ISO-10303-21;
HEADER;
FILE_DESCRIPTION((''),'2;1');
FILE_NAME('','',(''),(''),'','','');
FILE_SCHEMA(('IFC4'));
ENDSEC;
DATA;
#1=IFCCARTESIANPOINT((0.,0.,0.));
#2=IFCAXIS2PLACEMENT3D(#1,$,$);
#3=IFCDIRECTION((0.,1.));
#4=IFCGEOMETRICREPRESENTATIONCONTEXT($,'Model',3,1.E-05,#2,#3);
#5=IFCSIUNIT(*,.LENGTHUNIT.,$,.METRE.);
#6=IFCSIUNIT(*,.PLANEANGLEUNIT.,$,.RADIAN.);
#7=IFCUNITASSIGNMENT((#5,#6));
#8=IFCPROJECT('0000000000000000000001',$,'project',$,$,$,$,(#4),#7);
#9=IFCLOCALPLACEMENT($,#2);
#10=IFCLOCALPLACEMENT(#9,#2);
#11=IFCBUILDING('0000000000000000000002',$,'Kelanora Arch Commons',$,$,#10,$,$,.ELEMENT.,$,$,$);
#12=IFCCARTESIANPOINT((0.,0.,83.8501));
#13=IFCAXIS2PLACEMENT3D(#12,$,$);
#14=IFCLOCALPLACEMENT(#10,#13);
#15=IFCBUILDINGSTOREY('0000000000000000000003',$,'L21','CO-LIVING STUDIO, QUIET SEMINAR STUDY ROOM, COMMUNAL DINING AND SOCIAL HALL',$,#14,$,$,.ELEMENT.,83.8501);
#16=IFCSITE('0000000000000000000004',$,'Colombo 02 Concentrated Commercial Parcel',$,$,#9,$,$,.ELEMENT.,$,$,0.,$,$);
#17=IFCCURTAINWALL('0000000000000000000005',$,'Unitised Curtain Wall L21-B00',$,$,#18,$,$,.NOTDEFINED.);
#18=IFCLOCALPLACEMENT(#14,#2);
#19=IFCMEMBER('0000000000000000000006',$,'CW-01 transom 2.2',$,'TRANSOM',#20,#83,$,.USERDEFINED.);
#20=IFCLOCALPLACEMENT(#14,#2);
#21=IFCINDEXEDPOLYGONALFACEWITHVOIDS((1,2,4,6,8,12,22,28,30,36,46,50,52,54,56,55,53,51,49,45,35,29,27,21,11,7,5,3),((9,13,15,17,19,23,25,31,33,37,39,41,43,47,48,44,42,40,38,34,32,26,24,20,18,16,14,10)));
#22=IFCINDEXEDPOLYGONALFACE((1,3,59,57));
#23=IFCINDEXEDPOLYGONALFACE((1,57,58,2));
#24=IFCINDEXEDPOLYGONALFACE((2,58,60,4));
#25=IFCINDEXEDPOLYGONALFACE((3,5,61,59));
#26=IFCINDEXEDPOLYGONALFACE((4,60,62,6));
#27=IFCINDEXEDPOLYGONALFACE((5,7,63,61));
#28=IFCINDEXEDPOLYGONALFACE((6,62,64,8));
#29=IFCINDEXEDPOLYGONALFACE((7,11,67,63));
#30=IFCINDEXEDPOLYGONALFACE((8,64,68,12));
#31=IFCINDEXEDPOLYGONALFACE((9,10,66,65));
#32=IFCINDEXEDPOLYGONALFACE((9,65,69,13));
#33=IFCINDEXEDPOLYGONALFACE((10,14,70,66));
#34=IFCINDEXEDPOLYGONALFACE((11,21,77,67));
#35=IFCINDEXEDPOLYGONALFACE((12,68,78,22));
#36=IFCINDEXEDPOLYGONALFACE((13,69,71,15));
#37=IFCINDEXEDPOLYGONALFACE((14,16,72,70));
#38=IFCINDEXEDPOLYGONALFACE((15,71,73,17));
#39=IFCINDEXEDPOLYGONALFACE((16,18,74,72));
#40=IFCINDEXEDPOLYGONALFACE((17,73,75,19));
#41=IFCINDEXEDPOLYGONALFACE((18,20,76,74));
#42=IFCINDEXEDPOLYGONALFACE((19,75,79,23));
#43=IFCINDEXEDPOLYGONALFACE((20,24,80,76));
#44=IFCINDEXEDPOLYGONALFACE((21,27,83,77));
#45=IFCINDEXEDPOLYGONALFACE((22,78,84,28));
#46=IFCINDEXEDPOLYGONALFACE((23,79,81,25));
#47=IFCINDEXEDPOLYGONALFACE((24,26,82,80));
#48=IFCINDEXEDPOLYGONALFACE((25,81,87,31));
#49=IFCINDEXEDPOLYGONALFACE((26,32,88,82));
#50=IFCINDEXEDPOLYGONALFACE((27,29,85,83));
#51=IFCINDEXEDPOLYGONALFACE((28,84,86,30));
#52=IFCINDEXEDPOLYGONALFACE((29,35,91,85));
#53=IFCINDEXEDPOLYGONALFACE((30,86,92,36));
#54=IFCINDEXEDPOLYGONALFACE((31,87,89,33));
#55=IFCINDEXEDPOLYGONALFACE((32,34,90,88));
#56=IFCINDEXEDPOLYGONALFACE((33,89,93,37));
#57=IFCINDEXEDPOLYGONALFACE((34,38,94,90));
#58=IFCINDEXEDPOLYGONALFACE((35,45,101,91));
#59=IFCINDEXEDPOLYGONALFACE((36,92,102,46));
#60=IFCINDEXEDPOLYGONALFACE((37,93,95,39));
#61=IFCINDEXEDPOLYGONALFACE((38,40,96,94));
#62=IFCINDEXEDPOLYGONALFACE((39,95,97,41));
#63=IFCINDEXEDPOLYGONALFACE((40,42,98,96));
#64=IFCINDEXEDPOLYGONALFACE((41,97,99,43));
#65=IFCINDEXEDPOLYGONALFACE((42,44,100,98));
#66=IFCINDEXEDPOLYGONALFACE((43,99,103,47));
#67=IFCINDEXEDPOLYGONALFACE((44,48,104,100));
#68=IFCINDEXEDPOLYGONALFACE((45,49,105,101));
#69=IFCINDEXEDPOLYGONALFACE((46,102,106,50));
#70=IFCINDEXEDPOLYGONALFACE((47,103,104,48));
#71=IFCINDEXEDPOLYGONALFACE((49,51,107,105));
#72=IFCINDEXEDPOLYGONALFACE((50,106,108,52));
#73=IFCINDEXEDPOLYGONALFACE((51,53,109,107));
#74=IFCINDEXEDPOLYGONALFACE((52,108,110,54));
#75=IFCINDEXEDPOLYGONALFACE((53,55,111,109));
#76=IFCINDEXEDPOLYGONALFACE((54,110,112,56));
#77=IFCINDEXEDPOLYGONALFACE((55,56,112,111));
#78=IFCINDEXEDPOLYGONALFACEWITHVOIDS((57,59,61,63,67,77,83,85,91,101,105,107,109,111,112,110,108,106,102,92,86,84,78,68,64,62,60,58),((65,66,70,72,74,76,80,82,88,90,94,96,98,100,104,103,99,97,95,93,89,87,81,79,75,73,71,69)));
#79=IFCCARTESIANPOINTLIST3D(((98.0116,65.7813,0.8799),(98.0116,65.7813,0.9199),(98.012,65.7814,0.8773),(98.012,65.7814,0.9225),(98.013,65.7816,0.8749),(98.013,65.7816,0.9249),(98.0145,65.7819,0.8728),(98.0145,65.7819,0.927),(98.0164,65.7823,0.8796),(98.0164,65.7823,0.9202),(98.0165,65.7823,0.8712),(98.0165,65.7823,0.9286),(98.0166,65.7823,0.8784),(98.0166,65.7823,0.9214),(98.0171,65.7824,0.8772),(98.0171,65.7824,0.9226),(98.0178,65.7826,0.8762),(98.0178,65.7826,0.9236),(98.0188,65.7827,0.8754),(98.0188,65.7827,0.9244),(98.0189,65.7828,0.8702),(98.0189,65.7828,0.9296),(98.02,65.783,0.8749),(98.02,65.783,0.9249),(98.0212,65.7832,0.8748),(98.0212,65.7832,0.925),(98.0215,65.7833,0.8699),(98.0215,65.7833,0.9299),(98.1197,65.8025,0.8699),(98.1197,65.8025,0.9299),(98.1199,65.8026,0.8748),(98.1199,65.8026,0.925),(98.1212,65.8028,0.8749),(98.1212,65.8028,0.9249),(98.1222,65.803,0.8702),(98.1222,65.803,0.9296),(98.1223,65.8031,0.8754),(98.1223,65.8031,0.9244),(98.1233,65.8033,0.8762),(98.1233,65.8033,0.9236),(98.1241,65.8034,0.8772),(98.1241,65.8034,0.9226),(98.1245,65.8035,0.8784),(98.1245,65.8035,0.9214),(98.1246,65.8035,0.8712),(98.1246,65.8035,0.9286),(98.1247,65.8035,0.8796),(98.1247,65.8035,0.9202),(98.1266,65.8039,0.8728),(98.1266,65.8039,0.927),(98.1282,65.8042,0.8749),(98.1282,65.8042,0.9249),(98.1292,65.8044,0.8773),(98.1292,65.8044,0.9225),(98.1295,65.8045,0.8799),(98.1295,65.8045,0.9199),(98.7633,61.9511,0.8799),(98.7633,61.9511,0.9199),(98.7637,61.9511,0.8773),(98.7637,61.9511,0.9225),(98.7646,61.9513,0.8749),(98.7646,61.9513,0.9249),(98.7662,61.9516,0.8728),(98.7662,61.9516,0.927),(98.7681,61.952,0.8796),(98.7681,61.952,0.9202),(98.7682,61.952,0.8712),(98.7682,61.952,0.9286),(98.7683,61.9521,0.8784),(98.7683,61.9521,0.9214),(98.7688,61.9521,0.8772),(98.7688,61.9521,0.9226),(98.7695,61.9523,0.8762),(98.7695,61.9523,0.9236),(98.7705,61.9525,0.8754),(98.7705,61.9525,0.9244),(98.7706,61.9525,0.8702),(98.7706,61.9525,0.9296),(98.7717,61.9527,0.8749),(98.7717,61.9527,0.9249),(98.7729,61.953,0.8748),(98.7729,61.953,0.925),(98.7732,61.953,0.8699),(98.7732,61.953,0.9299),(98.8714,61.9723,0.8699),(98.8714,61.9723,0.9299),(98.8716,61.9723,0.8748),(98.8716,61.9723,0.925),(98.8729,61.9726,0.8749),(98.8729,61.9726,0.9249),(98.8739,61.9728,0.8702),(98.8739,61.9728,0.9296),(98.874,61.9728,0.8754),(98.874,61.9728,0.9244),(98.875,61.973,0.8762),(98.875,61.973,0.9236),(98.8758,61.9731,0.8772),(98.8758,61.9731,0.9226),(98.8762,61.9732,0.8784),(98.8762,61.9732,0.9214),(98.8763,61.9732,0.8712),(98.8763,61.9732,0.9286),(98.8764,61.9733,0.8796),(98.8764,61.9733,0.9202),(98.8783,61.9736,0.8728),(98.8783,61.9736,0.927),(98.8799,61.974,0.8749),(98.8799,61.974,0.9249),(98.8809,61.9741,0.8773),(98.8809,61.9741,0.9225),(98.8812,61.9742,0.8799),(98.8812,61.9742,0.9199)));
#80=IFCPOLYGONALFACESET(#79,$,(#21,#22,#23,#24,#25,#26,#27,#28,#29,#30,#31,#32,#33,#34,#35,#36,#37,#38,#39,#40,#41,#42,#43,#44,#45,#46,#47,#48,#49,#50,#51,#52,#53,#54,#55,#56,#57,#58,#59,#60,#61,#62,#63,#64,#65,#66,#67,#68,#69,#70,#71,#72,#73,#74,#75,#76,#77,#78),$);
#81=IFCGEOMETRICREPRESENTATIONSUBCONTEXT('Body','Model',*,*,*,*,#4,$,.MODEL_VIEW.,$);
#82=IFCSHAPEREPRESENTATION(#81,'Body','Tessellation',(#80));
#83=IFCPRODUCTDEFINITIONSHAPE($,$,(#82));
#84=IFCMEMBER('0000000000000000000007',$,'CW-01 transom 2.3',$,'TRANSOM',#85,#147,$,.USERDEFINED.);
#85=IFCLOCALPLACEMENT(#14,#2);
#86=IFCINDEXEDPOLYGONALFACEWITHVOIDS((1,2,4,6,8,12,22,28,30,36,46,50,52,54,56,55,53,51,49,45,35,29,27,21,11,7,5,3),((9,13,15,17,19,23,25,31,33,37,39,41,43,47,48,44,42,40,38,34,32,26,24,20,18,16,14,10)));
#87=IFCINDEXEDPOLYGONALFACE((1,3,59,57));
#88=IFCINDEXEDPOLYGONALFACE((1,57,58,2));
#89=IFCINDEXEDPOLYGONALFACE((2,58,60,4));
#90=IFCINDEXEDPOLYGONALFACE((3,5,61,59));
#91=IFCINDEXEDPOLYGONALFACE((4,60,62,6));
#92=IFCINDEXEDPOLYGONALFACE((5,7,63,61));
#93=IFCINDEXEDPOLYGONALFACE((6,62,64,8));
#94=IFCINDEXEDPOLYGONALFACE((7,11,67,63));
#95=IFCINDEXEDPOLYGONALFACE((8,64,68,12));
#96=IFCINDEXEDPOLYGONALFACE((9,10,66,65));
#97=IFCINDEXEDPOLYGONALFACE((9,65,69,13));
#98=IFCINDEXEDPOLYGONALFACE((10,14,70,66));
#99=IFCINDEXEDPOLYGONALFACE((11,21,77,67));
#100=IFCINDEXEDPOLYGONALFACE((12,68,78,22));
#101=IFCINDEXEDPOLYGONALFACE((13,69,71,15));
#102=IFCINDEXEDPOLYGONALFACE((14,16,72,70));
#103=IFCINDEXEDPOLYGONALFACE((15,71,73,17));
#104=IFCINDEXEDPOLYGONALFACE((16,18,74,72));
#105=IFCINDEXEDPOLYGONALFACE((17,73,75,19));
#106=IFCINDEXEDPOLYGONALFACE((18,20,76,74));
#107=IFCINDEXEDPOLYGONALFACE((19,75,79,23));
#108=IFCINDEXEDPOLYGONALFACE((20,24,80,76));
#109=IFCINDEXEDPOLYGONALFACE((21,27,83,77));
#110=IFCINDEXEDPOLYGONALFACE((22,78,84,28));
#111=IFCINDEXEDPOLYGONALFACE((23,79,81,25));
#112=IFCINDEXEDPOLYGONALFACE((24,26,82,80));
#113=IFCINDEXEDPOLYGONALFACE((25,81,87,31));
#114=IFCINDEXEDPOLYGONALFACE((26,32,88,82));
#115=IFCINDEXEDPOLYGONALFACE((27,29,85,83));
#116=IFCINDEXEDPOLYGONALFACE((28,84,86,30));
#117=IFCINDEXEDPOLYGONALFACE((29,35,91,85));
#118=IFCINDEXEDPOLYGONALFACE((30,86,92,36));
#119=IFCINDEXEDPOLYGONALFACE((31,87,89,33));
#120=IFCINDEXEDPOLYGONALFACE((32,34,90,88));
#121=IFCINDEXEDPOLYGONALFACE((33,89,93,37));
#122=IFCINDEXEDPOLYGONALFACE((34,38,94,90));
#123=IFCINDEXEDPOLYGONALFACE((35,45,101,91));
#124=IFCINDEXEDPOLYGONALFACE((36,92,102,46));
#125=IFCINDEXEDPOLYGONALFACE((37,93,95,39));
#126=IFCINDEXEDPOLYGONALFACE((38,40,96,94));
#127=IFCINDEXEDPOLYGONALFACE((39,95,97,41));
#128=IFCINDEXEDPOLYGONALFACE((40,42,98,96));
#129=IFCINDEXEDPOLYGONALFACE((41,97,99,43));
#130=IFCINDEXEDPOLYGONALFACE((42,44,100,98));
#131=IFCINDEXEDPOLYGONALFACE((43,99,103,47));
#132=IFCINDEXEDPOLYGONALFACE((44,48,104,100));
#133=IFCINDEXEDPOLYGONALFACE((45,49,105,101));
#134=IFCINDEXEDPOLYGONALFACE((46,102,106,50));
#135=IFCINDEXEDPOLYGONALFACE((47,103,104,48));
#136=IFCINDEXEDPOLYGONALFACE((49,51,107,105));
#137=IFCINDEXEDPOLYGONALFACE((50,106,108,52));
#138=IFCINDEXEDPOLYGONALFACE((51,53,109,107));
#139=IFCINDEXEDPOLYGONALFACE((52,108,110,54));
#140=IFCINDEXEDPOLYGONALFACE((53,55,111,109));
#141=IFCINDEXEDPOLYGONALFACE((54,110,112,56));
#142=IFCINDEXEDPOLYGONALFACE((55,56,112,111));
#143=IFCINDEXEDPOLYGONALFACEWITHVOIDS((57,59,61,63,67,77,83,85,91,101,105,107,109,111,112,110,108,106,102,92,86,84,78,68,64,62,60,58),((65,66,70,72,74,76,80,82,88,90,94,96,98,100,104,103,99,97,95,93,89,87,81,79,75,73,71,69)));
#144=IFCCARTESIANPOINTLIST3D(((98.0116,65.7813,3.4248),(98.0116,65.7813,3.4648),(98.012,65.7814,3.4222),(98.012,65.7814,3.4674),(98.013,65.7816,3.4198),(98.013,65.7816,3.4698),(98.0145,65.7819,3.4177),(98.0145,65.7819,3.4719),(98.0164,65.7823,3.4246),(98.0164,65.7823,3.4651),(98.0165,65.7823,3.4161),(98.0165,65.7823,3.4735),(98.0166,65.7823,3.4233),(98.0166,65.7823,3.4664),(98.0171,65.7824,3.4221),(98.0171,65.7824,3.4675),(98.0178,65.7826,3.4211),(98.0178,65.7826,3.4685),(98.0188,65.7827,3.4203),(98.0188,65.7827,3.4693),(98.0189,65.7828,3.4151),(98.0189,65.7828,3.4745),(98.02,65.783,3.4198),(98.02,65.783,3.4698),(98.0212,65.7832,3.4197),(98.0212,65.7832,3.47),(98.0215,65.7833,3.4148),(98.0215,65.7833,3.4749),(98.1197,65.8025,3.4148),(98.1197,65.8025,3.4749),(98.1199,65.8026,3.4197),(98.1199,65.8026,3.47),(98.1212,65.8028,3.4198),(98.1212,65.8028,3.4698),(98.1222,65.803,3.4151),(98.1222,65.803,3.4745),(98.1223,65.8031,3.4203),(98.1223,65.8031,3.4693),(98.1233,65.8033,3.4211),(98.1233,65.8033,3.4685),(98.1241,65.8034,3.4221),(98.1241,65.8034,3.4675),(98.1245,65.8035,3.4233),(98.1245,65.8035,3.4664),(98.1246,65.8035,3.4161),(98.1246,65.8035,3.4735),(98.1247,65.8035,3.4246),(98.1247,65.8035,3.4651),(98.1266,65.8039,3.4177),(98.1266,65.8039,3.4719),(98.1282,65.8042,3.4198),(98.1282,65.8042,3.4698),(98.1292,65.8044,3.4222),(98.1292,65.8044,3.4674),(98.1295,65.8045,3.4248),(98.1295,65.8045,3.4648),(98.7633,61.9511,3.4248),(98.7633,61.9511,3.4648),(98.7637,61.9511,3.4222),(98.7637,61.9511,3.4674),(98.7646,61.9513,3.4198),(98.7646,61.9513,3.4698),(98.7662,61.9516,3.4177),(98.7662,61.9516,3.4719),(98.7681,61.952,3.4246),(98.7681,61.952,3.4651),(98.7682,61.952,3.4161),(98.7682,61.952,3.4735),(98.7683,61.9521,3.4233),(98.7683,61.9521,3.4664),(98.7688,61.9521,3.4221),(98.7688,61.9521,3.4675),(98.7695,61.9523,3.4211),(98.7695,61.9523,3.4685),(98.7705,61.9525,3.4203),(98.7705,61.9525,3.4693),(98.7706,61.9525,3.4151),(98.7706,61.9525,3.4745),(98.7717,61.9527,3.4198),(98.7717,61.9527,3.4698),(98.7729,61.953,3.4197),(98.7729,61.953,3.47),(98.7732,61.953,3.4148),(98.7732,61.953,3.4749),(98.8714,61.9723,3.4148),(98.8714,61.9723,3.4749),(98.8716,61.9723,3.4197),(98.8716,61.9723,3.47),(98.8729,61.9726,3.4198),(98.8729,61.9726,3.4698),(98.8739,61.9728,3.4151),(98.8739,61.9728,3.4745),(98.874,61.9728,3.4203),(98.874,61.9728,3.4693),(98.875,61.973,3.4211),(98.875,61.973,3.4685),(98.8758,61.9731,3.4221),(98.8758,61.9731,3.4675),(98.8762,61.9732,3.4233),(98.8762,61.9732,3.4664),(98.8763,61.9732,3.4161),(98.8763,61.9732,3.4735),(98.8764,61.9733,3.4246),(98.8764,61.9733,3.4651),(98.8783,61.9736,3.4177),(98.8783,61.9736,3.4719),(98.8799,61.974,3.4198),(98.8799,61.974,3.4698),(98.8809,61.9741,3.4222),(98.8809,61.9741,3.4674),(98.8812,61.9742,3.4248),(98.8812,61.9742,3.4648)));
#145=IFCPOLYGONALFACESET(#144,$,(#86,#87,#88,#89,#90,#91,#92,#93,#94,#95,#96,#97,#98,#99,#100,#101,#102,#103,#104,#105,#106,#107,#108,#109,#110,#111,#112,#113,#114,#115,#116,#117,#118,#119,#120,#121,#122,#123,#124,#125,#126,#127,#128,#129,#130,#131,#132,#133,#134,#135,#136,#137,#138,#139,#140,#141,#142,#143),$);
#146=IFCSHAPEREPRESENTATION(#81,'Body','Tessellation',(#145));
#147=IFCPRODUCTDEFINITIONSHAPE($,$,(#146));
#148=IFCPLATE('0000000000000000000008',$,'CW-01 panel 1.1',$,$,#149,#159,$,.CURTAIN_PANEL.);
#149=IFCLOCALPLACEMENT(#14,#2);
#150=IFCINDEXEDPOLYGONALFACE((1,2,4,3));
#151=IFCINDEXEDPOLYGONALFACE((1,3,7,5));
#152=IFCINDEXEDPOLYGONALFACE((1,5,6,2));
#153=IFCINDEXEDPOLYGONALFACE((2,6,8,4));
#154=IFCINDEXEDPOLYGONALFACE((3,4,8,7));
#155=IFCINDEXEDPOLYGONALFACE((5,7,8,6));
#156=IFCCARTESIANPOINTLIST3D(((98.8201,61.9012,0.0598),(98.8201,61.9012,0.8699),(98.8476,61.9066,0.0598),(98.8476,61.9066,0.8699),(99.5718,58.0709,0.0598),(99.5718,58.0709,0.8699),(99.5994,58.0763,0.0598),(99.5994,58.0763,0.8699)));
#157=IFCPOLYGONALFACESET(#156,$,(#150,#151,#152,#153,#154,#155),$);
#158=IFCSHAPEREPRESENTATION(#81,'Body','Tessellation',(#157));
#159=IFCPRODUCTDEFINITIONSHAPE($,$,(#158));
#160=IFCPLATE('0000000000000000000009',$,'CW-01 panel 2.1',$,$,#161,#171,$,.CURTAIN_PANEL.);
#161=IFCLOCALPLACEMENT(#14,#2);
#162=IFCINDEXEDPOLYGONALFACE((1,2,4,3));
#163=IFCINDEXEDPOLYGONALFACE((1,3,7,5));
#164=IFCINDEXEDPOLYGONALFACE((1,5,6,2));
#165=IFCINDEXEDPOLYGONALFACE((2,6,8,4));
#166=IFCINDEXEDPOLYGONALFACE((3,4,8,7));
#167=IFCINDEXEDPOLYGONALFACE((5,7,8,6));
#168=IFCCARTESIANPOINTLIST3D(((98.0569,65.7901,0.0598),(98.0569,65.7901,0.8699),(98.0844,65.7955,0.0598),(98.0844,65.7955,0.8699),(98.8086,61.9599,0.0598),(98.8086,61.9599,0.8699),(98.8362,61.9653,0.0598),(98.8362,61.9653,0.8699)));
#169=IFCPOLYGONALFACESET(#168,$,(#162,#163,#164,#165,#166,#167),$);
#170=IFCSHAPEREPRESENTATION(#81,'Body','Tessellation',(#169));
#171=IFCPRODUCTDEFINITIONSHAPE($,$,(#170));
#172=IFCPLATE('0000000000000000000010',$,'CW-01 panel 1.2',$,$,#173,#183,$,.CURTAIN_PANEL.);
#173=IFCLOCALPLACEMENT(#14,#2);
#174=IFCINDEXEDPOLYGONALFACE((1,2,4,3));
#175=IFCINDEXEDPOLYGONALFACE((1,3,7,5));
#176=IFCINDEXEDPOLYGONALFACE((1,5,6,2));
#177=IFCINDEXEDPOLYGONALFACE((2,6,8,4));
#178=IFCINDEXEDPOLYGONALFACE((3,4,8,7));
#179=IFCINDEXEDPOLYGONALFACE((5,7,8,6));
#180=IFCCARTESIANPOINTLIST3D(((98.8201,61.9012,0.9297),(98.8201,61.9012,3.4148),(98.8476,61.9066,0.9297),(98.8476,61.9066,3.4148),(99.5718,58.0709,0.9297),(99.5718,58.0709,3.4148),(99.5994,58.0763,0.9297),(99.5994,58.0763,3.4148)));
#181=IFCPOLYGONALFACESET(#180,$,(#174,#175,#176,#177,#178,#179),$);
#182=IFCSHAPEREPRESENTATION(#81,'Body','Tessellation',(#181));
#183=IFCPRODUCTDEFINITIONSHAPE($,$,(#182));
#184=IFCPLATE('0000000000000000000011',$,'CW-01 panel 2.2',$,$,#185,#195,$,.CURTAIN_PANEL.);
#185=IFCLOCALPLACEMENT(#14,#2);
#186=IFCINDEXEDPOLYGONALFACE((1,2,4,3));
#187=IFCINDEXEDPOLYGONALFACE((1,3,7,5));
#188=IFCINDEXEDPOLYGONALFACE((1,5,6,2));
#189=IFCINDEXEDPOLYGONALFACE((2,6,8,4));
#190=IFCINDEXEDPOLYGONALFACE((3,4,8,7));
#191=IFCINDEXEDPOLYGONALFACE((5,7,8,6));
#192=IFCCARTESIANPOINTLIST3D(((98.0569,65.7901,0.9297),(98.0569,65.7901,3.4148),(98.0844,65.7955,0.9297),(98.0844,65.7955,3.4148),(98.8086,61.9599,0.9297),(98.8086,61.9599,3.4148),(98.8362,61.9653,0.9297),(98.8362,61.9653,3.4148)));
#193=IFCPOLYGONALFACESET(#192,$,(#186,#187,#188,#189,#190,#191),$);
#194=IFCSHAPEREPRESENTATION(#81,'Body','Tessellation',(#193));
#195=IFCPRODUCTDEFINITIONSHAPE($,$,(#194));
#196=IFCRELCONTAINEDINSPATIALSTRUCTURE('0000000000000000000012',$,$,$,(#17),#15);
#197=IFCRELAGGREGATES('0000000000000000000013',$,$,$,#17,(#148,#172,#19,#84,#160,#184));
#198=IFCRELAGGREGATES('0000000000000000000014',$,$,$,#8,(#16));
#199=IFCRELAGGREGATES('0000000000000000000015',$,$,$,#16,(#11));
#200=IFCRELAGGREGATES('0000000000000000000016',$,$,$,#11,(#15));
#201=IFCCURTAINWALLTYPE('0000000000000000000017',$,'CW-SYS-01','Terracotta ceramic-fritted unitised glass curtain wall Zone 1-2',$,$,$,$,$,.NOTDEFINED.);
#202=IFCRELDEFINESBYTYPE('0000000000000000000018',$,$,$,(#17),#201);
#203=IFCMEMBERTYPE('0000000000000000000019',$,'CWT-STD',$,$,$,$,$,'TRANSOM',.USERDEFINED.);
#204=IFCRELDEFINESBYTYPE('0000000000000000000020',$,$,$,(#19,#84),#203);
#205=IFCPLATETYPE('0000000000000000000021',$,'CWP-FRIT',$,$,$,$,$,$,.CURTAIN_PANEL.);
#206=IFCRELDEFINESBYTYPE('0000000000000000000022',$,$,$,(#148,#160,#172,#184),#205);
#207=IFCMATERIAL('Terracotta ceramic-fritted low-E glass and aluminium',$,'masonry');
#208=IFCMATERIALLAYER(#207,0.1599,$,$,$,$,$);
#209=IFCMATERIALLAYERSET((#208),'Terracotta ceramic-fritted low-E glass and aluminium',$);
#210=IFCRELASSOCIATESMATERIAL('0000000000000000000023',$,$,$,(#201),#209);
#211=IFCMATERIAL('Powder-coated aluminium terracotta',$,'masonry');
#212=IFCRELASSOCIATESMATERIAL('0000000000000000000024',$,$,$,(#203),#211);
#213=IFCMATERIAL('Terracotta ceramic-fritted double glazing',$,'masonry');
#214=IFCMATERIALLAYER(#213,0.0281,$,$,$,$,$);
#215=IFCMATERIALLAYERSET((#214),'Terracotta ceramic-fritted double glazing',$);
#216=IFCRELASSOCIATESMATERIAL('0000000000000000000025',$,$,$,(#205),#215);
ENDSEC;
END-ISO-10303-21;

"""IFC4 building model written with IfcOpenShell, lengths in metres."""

from ifc_helpers import new_model, si_unit, direction, frame, origin, origin_2d, place, context, subcontext, project, spatial, rectangle, hollow_rectangle, extrude, source, transform, mapped, material, layer, layer_set, material_profile, profile_set, type_object, element, aggregate, save


model = new_model("IFC4")

# Units and contexts
model_context = context("Model", 3, precision=1e-05, world=origin(), true_north=direction((0.0, 1.0)))
body_context = subcontext(model_context, "Body", "Model", "MODEL_VIEW")
ifc_project = project(units=[si_unit("LENGTHUNIT", "METRE"), si_unit("PLANEANGLEUNIT", "RADIAN")], contexts=[model_context])

# Site, building, storey
site_placement = place(None, origin())
site = spatial("IfcSite", under=ifc_project, at=site_placement, Name="Colombo 02 Concentrated Commercial Parcel", CompositionType="ELEMENT", RefElevation=0.0)
building_placement = place(site_placement, origin())
building = spatial("IfcBuilding", under=site, at=building_placement, Name="Kelanora Arch Commons", CompositionType="ELEMENT")
storey_placement = place(building_placement, frame((0.0, 0.0, 83.8501)))
storey = spatial("IfcBuildingStorey", under=building, at=storey_placement, Name="L21", Description="CO-LIVING STUDIO, QUIET SEMINAR STUDY ROOM, COMMUNAL DINING AND SOCIAL HALL", CompositionType="ELEMENT", Elevation=83.8501)

# Curtain wall, members, plates
ifc_material_1 = material(Name="Terracotta ceramic-fritted low-E glass and aluminium", Category="masonry")
ifc_layer_1 = layer(ifc_material_1, 0.1599)
ifc_layer_set_1 = layer_set([ifc_layer_1], Name="Terracotta ceramic-fritted low-E glass and aluminium")
curtain_wall_type = type_object("IfcCurtainWallType", Name="CW-SYS-01", Description="Terracotta ceramic-fritted unitised glass curtain wall Zone 1-2", PredefinedType="NOTDEFINED", material=ifc_layer_set_1)
curtain_wall_placement = place(storey_placement, origin())
curtain_wall = element("IfcCurtainWall", 1, at=curtain_wall_placement, inside=storey, type_object=curtain_wall_type, Name="Unitised Curtain Wall L21-B00", PredefinedType="NOTDEFINED")
ifc_material_2 = material(Name="Powder-coated aluminium terracotta", Category="masonry")
ifc_material_profile_1 = material_profile(ifc_material_2, hollow_rectangle(XDim=0.1201, YDim=0.0601, WallThickness=0.0049, InnerFilletRadius=0.0049, OuterFilletRadius=0.01, at=origin_2d()), Name="CWT120x60")
ifc_profile_set_1 = profile_set([ifc_material_profile_1], Name="Powder-coated aluminium terracotta")
member_type_1 = type_object("IfcMemberType", Name="CWT-STD", ElementType="TRANSOM", PredefinedType="USERDEFINED", material=ifc_profile_set_1)
member_1_placement = place(storey_placement, frame((98.8223, 61.9626, 0.8999), z_axis=(-0.192579, 0.981282, 0.0), x_axis=(-0.981282, -0.192579, 0.0)))
member_1 = element("IfcMember", 2, at=member_1_placement, type_object=member_type_1, Name="CW-01 transom 2.2", ObjectType="TRANSOM", PredefinedType="USERDEFINED", context=body_context, shape_type="SweptSolid", body=[
    extrude(hollow_rectangle(XDim=0.1201, YDim=0.0601, WallThickness=0.0049, InnerFilletRadius=0.0049, OuterFilletRadius=0.01, at=origin_2d()), origin(), (0.0, 0.0, 1.0), 3.9033),
])
member_2_placement = place(storey_placement, frame((98.8223, 61.9626, 3.4448), z_axis=(-0.192579, 0.981282, 0.0), x_axis=(-0.981282, -0.192579, 0.0)))
member_2 = element("IfcMember", 3, at=member_2_placement, type_object=member_type_1, Name="CW-01 transom 2.3", ObjectType="TRANSOM", PredefinedType="USERDEFINED", context=body_context, shape_type="SweptSolid", body=[
    extrude(hollow_rectangle(XDim=0.1201, YDim=0.0601, WallThickness=0.0049, InnerFilletRadius=0.0049, OuterFilletRadius=0.01, at=origin_2d()), origin(), (0.0, 0.0, 1.0), 3.9033),
])
ifc_material_3 = material(Name="Terracotta ceramic-fritted double glazing", Category="masonry")
ifc_layer_2 = layer(ifc_material_3, 0.0281)
ifc_layer_set_2 = layer_set([ifc_layer_2], Name="Terracotta ceramic-fritted double glazing")
plate_type = type_object("IfcPlateType", Name="CWP-FRIT", PredefinedType="CURTAIN_PANEL", material=ifc_layer_set_2)
shared_shape_1 = source(origin(), body_context, "Body", "SweptSolid", [
    extrude(rectangle(XDim=3.9033, YDim=0.0281, at=origin_2d()), origin(), (0.0, 0.0, 1.0), 0.8101),
])
plate_1_placement = place(storey_placement, frame((99.2097, 59.9888, 0.0598), z_axis=(0.0, 0.0, 1.0), x_axis=(-0.192585, 0.98128, 0.0)))
plate_1 = element("IfcPlate", 4, at=plate_1_placement, type_object=plate_type, Name="CW-01 panel 1.1", PredefinedType="CURTAIN_PANEL", context=body_context, shape_type="MappedRepresentation", body=[
    mapped(shared_shape_1, transform((0.0, 0.0, 0.0), scale=1.0)),
])
plate_2_placement = place(storey_placement, frame((98.4465, 63.8777, 0.0598), z_axis=(0.0, 0.0, 1.0), x_axis=(-0.192585, 0.98128, 0.0)))
plate_2 = element("IfcPlate", 5, at=plate_2_placement, type_object=plate_type, Name="CW-01 panel 2.1", PredefinedType="CURTAIN_PANEL", context=body_context, shape_type="MappedRepresentation", body=[
    mapped(shared_shape_1, transform((0.0, 0.0, 0.0), scale=1.0)),
])
shared_shape_2 = source(origin(), body_context, "Body", "SweptSolid", [
    extrude(rectangle(XDim=3.9033, YDim=0.0281, at=origin_2d()), origin(), (0.0, 0.0, 1.0), 2.4851),
])
plate_3_placement = place(storey_placement, frame((99.2097, 59.9888, 0.9297), z_axis=(0.0, 0.0, 1.0), x_axis=(-0.192585, 0.98128, 0.0)))
plate_3 = element("IfcPlate", 6, at=plate_3_placement, type_object=plate_type, Name="CW-01 panel 1.2", PredefinedType="CURTAIN_PANEL", context=body_context, shape_type="MappedRepresentation", body=[
    mapped(shared_shape_2, transform((0.0, 0.0, 0.0), scale=1.0)),
])
plate_4_placement = place(storey_placement, frame((98.4465, 63.8777, 0.9297), z_axis=(0.0, 0.0, 1.0), x_axis=(-0.192585, 0.98128, 0.0)))
plate_4 = element("IfcPlate", 7, at=plate_4_placement, type_object=plate_type, Name="CW-01 panel 2.2", PredefinedType="CURTAIN_PANEL", context=body_context, shape_type="MappedRepresentation", body=[
    mapped(shared_shape_2, transform((0.0, 0.0, 0.0), scale=1.0)),
])
aggregate(curtain_wall, [plate_1, plate_3, member_1, member_2, plate_2, plate_4])

save(model, "model.ifc")
